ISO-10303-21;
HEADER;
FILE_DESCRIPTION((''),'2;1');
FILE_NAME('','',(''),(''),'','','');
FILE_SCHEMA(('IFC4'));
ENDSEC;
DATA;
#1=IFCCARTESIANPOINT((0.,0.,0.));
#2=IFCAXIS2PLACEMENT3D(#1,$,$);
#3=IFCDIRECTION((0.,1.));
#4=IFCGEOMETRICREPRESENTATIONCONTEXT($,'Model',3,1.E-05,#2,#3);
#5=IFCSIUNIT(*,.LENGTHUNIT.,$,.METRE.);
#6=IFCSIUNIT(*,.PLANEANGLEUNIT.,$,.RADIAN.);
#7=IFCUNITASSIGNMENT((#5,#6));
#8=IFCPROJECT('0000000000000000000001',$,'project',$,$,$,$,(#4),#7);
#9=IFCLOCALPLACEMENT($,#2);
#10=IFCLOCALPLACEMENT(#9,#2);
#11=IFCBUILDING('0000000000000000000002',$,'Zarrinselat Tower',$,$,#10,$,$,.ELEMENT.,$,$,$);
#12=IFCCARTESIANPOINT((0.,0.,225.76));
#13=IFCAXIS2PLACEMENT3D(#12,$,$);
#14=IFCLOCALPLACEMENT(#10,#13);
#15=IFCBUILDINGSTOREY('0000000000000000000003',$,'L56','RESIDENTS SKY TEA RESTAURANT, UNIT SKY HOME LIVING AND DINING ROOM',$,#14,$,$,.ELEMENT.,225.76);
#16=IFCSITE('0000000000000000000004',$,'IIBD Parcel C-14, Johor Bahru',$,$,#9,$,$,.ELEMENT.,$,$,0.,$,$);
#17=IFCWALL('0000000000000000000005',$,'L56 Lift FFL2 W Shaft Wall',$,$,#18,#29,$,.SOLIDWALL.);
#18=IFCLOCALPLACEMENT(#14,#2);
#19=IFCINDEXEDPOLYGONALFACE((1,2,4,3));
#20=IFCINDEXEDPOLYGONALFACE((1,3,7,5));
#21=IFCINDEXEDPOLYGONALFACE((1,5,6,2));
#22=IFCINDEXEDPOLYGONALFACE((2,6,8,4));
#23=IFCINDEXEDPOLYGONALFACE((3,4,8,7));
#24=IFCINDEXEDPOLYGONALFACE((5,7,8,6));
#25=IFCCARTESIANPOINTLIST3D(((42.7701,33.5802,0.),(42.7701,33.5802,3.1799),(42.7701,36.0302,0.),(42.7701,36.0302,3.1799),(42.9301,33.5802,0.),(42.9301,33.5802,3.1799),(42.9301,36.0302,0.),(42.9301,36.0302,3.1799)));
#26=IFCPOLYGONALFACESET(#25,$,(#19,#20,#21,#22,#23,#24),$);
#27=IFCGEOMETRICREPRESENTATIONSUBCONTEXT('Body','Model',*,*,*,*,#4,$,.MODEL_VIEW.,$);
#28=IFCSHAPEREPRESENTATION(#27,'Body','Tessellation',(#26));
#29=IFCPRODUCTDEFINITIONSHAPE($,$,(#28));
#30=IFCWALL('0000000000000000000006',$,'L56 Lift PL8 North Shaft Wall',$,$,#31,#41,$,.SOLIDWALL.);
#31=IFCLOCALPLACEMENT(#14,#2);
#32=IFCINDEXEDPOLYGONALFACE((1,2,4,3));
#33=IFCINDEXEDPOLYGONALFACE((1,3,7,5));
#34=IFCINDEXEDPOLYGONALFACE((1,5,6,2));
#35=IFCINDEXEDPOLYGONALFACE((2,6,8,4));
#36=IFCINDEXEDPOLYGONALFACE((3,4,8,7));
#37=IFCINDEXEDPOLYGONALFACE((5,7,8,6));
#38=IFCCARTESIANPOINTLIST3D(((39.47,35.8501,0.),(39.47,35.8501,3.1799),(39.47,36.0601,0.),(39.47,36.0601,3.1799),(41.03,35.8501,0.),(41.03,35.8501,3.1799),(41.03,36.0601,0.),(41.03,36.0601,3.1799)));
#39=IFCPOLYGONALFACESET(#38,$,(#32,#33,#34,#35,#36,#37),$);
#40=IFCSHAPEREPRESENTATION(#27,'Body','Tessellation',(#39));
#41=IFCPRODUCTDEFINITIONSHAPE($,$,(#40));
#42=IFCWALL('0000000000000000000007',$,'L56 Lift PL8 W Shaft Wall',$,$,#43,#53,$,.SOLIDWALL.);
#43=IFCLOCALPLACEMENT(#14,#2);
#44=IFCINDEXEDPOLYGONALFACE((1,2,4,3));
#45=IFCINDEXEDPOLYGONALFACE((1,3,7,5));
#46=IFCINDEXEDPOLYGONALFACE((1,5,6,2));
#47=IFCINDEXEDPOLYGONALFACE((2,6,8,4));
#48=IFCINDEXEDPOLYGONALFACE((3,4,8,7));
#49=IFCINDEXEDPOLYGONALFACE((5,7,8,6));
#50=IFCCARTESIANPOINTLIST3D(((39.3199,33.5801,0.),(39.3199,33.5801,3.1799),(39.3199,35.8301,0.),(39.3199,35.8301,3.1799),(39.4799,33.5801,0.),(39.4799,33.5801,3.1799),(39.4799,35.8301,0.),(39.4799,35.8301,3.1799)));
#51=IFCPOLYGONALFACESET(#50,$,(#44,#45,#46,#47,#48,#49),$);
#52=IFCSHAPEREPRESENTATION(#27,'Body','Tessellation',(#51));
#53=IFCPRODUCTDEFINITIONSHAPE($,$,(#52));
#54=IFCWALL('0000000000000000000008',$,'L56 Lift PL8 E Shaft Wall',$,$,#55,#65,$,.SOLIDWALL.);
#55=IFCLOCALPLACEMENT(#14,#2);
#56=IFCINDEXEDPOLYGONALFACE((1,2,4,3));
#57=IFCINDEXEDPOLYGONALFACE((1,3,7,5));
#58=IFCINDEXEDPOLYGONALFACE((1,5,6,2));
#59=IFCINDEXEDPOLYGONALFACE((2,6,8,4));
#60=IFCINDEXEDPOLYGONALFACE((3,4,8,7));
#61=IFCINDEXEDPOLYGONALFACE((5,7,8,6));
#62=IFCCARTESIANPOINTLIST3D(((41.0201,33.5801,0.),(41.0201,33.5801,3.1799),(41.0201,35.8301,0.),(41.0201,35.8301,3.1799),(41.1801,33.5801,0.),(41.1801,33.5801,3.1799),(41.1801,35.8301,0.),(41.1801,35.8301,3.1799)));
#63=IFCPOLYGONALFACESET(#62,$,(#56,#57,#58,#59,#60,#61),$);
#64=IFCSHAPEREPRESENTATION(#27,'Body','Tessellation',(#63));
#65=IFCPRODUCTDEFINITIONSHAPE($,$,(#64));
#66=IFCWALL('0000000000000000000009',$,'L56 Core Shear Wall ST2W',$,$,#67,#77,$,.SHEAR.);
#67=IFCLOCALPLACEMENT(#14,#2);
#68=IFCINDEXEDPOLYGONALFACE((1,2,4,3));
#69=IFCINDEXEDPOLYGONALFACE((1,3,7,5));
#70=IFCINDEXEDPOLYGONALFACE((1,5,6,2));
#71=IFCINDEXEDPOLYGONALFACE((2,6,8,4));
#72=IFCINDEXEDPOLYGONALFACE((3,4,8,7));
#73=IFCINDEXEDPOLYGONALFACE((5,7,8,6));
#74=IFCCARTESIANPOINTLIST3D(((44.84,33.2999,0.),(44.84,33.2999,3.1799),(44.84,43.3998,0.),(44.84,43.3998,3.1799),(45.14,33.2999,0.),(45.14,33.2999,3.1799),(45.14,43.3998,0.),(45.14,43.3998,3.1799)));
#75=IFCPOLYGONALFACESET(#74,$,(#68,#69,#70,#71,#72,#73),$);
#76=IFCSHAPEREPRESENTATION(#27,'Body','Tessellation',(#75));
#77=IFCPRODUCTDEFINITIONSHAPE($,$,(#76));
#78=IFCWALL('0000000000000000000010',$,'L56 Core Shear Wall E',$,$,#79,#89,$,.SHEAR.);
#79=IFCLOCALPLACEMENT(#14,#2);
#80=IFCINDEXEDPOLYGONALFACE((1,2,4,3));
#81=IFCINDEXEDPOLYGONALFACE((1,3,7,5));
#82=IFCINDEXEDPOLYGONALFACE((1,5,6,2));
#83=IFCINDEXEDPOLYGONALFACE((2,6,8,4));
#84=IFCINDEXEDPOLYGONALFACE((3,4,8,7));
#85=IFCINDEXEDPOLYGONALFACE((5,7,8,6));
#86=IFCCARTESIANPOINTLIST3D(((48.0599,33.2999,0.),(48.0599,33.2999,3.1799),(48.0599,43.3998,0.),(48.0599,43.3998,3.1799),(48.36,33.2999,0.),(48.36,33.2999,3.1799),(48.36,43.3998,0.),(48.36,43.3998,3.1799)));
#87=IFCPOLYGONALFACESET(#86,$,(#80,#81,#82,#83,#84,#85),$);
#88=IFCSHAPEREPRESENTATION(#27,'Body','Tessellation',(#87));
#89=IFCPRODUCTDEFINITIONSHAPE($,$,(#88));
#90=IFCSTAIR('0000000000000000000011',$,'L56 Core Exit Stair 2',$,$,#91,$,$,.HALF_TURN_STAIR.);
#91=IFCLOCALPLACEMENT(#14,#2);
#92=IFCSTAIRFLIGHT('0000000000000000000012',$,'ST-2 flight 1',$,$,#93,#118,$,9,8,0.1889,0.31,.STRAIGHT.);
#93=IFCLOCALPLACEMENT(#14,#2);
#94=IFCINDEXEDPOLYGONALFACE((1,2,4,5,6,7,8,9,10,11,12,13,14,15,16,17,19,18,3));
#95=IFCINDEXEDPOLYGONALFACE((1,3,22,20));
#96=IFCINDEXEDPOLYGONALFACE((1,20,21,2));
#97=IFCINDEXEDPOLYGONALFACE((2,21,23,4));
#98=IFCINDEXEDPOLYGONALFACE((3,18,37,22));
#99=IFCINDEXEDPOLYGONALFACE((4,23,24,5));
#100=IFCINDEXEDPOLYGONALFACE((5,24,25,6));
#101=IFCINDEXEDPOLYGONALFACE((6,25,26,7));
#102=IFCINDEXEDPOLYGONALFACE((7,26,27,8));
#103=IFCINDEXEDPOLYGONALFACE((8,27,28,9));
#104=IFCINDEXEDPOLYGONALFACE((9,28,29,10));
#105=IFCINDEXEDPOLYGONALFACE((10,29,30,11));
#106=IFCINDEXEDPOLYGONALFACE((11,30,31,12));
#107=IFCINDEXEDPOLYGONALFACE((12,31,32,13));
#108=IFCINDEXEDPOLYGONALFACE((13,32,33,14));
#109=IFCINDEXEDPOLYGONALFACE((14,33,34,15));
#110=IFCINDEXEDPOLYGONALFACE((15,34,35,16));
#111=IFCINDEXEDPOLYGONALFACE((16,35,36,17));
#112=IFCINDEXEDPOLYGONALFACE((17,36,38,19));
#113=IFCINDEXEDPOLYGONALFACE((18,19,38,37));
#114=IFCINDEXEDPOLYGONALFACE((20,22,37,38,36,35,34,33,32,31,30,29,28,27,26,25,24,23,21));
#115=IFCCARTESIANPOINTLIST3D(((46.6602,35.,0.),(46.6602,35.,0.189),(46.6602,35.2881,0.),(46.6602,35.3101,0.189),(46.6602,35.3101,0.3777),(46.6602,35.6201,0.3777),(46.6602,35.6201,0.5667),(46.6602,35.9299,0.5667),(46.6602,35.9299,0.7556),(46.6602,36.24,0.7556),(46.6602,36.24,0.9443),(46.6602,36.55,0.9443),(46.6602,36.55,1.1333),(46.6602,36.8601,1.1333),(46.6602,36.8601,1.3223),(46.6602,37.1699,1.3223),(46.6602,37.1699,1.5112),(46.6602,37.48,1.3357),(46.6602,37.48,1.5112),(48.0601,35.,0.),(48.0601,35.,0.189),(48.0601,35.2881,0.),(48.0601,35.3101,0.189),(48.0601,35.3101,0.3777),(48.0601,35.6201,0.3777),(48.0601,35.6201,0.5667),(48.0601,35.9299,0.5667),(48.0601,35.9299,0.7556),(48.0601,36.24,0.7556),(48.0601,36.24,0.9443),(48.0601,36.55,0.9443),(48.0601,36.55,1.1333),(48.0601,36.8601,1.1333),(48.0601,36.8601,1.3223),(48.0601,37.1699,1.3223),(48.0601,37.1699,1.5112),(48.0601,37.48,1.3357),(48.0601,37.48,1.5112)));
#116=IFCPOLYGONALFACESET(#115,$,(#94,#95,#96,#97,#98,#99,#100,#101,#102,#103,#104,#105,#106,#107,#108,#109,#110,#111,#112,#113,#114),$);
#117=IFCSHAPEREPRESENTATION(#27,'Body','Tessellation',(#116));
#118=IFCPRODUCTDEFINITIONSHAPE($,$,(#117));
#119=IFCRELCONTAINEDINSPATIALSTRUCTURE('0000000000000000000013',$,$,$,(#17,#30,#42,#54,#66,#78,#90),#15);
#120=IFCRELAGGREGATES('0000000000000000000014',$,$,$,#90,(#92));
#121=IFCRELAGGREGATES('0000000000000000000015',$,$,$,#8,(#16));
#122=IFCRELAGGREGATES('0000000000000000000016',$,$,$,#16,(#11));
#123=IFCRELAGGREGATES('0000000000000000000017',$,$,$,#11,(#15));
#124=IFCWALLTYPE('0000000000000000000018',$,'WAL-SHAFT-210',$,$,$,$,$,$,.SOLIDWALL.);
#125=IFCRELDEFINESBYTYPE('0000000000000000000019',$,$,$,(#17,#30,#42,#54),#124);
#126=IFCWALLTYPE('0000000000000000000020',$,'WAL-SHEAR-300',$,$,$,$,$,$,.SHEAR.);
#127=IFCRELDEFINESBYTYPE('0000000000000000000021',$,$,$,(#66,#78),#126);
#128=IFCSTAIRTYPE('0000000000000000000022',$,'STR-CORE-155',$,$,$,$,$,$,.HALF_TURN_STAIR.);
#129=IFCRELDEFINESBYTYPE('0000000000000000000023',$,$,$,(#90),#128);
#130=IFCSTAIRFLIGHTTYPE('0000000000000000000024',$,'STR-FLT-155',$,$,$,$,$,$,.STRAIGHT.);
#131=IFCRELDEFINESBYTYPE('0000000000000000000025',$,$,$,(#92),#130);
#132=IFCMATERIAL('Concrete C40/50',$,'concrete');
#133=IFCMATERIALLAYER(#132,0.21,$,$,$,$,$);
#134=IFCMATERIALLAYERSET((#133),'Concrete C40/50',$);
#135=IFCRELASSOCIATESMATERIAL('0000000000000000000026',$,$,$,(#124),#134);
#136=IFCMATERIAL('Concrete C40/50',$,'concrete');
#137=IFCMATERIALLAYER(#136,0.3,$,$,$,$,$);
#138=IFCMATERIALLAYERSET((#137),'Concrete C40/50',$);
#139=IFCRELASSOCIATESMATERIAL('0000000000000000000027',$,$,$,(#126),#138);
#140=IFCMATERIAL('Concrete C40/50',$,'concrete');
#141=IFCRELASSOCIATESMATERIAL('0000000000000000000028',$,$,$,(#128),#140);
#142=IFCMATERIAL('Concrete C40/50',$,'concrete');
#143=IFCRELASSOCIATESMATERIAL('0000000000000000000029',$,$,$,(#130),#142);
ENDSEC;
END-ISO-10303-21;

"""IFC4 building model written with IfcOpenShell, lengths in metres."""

from ifc_helpers import new_model, si_unit, direction, frame, frame_2d, origin, place, context, subcontext, project, spatial, polyline, rectangle, outline, extrude, material, layer, layer_set, type_object, element, aggregate, save


model = new_model("IFC4")

# Units and contexts
model_context = context("Model", 3, precision=1e-05, world=origin(), true_north=direction((0.0, 1.0)))
body_context = subcontext(model_context, "Body", "Model", "MODEL_VIEW")
ifc_project = project(units=[si_unit("LENGTHUNIT", "METRE"), si_unit("PLANEANGLEUNIT", "RADIAN")], contexts=[model_context])

# Site, building, storey
site_placement = place(None, origin())
site = spatial("IfcSite", under=ifc_project, at=site_placement, Name="IIBD Parcel C-14, Johor Bahru", CompositionType="ELEMENT", RefElevation=0.0)
building_placement = place(site_placement, origin())
building = spatial("IfcBuilding", under=site, at=building_placement, Name="Zarrinselat Tower", CompositionType="ELEMENT")
storey_placement = place(building_placement, frame((0.0, 0.0, 225.76)))
storey = spatial("IfcBuildingStorey", under=building, at=storey_placement, Name="L56", Description="RESIDENTS SKY TEA RESTAURANT, UNIT SKY HOME LIVING AND DINING ROOM", CompositionType="ELEMENT", Elevation=225.76)

# Walls
ifc_material_1 = material(Name="Concrete C40/50", Category="concrete")
ifc_layer_1 = layer(ifc_material_1, 0.21)
ifc_layer_set_1 = layer_set([ifc_layer_1], Name="Concrete C40/50")
wall_type_1 = type_object("IfcWallType", Name="WAL-SHAFT-210", PredefinedType="SOLIDWALL", material=ifc_layer_set_1)
wall_1_placement = place(storey_placement, frame((42.8501, 33.5801, 0.0), z_axis=(0.0, 0.0, 1.0), x_axis=(0.0, 1.0, 0.0)))
element("IfcWall", 1, at=wall_1_placement, inside=storey, type_object=wall_type_1, Name="L56 Lift FFL2 W Shaft Wall", PredefinedType="SOLIDWALL", context=body_context, shape_type="SweptSolid", body=[
    extrude(rectangle(XDim=2.45, YDim=0.1599, at=frame_2d((1.2251, 0.0))), origin(), (0.0, 0.0, 1.0), 3.1799),
])
wall_2_placement = place(storey_placement, frame((39.47, 35.9551, 0.0), z_axis=(0.0, 0.0, 1.0), x_axis=(1.0, 0.0, 0.0)))
element("IfcWall", 2, at=wall_2_placement, inside=storey, type_object=wall_type_1, Name="L56 Lift PL8 North Shaft Wall", PredefinedType="SOLIDWALL", context=body_context, shape_type="SweptSolid", body=[
    extrude(rectangle(XDim=1.5601, YDim=0.21, at=frame_2d((0.78, 0.0))), origin(), (0.0, 0.0, 1.0), 3.1799),
])
for number, where, z_axis, x_axis, name in (
    (3, (39.3999, 33.5801, 0.0), (0.0, 0.0, 1.0), (0.0, 1.0, 0.0), "L56 Lift PL8 W Shaft Wall"),
    (4, (41.1001, 33.5801, 0.0), (0.0, 0.0, 1.0), (0.0, 1.0, 0.0), "L56 Lift PL8 E Shaft Wall"),
):
    element("IfcWall", number, at=place(storey_placement, frame(where, z_axis=z_axis, x_axis=x_axis)), inside=storey, type_object=wall_type_1, Name=name, PredefinedType="SOLIDWALL", context=body_context, shape_type="SweptSolid", body=[
        extrude(rectangle(XDim=2.25, YDim=0.1599, at=frame_2d((1.125, 0.0))), origin(), (0.0, 0.0, 1.0), 3.1799),
    ])
ifc_material_2 = material(Name="Concrete C40/50", Category="concrete")
ifc_layer_2 = layer(ifc_material_2, 0.3)
ifc_layer_set_2 = layer_set([ifc_layer_2], Name="Concrete C40/50")
wall_type_2 = type_object("IfcWallType", Name="WAL-SHEAR-300", PredefinedType="SHEAR", material=ifc_layer_set_2)
for number, where, z_axis, x_axis, name in (
    (5, (44.99, 33.3, 0.0), (0.0, 0.0, 1.0), (0.0, 1.0, 0.0), "L56 Core Shear Wall ST2W"),
    (6, (48.21, 33.3, 0.0), (0.0, 0.0, 1.0), (0.0, 1.0, 0.0), "L56 Core Shear Wall E"),
):
    element("IfcWall", number, at=place(storey_placement, frame(where, z_axis=z_axis, x_axis=x_axis)), inside=storey, type_object=wall_type_2, Name=name, PredefinedType="SHEAR", context=body_context, shape_type="SweptSolid", body=[
        extrude(rectangle(XDim=10.0999, YDim=0.3, at=frame_2d((5.0498, 0.0))), origin(), (0.0, 0.0, 1.0), 3.1799),
    ])

# Stair, stair flight
ifc_material_3 = material(Name="Concrete C40/50", Category="concrete")
stair_type = type_object("IfcStairType", Name="STR-CORE-155", PredefinedType="HALF_TURN_STAIR", material=ifc_material_3)
stair_placement = place(storey_placement, origin())
stair = element("IfcStair", 7, at=stair_placement, inside=storey, type_object=stair_type, Name="L56 Core Exit Stair 2", PredefinedType="HALF_TURN_STAIR")
ifc_material_4 = material(Name="Concrete C40/50", Category="concrete")
stair_flight_type = type_object("IfcStairFlightType", Name="STR-FLT-155", PredefinedType="STRAIGHT", material=ifc_material_4)
stair_flight_placement = place(storey_placement, frame((47.3601, 35.0, 0.0), z_axis=(0.0, 0.0, 1.0), x_axis=(0.0, 1.0, 0.0)))
stair_flight = element("IfcStairFlight", 8, at=stair_flight_placement, type_object=stair_flight_type, Name="ST-2 flight 1", NumberOfRisers=9, NumberOfTreads=8, PredefinedType="STRAIGHT", RiserHeight=0.1889, TreadLength=0.31, context=body_context, shape_type="SweptSolid", body=[
    extrude(outline(polyline([(0.0, 0.0), (0.0, 0.189), (0.3101, 0.189), (0.3101, 0.3777), (0.6201, 0.3777), (0.6201, 0.5667), (0.9299, 0.5667), (0.9299, 0.7556), (1.24, 0.7556), (1.24, 0.9443), (1.55, 0.9443), (1.55, 1.1333), (1.8601, 1.1333), (1.8601, 1.3223), (2.1699, 1.3223), (2.1699, 1.5112), (2.48, 1.5112), (2.48, 1.7), (2.48, 1.3357), (0.2881, 0.0), (0.0, 0.0)])), frame((0.0, 0.7, 0.0), z_axis=(0.0, -1.0, 0.0), x_axis=(1.0, 0.0, 0.0)), (0.0, 0.0, 1.0), 1.3999),
])
aggregate(stair, [stair_flight])

save(model, "model.ifc")
